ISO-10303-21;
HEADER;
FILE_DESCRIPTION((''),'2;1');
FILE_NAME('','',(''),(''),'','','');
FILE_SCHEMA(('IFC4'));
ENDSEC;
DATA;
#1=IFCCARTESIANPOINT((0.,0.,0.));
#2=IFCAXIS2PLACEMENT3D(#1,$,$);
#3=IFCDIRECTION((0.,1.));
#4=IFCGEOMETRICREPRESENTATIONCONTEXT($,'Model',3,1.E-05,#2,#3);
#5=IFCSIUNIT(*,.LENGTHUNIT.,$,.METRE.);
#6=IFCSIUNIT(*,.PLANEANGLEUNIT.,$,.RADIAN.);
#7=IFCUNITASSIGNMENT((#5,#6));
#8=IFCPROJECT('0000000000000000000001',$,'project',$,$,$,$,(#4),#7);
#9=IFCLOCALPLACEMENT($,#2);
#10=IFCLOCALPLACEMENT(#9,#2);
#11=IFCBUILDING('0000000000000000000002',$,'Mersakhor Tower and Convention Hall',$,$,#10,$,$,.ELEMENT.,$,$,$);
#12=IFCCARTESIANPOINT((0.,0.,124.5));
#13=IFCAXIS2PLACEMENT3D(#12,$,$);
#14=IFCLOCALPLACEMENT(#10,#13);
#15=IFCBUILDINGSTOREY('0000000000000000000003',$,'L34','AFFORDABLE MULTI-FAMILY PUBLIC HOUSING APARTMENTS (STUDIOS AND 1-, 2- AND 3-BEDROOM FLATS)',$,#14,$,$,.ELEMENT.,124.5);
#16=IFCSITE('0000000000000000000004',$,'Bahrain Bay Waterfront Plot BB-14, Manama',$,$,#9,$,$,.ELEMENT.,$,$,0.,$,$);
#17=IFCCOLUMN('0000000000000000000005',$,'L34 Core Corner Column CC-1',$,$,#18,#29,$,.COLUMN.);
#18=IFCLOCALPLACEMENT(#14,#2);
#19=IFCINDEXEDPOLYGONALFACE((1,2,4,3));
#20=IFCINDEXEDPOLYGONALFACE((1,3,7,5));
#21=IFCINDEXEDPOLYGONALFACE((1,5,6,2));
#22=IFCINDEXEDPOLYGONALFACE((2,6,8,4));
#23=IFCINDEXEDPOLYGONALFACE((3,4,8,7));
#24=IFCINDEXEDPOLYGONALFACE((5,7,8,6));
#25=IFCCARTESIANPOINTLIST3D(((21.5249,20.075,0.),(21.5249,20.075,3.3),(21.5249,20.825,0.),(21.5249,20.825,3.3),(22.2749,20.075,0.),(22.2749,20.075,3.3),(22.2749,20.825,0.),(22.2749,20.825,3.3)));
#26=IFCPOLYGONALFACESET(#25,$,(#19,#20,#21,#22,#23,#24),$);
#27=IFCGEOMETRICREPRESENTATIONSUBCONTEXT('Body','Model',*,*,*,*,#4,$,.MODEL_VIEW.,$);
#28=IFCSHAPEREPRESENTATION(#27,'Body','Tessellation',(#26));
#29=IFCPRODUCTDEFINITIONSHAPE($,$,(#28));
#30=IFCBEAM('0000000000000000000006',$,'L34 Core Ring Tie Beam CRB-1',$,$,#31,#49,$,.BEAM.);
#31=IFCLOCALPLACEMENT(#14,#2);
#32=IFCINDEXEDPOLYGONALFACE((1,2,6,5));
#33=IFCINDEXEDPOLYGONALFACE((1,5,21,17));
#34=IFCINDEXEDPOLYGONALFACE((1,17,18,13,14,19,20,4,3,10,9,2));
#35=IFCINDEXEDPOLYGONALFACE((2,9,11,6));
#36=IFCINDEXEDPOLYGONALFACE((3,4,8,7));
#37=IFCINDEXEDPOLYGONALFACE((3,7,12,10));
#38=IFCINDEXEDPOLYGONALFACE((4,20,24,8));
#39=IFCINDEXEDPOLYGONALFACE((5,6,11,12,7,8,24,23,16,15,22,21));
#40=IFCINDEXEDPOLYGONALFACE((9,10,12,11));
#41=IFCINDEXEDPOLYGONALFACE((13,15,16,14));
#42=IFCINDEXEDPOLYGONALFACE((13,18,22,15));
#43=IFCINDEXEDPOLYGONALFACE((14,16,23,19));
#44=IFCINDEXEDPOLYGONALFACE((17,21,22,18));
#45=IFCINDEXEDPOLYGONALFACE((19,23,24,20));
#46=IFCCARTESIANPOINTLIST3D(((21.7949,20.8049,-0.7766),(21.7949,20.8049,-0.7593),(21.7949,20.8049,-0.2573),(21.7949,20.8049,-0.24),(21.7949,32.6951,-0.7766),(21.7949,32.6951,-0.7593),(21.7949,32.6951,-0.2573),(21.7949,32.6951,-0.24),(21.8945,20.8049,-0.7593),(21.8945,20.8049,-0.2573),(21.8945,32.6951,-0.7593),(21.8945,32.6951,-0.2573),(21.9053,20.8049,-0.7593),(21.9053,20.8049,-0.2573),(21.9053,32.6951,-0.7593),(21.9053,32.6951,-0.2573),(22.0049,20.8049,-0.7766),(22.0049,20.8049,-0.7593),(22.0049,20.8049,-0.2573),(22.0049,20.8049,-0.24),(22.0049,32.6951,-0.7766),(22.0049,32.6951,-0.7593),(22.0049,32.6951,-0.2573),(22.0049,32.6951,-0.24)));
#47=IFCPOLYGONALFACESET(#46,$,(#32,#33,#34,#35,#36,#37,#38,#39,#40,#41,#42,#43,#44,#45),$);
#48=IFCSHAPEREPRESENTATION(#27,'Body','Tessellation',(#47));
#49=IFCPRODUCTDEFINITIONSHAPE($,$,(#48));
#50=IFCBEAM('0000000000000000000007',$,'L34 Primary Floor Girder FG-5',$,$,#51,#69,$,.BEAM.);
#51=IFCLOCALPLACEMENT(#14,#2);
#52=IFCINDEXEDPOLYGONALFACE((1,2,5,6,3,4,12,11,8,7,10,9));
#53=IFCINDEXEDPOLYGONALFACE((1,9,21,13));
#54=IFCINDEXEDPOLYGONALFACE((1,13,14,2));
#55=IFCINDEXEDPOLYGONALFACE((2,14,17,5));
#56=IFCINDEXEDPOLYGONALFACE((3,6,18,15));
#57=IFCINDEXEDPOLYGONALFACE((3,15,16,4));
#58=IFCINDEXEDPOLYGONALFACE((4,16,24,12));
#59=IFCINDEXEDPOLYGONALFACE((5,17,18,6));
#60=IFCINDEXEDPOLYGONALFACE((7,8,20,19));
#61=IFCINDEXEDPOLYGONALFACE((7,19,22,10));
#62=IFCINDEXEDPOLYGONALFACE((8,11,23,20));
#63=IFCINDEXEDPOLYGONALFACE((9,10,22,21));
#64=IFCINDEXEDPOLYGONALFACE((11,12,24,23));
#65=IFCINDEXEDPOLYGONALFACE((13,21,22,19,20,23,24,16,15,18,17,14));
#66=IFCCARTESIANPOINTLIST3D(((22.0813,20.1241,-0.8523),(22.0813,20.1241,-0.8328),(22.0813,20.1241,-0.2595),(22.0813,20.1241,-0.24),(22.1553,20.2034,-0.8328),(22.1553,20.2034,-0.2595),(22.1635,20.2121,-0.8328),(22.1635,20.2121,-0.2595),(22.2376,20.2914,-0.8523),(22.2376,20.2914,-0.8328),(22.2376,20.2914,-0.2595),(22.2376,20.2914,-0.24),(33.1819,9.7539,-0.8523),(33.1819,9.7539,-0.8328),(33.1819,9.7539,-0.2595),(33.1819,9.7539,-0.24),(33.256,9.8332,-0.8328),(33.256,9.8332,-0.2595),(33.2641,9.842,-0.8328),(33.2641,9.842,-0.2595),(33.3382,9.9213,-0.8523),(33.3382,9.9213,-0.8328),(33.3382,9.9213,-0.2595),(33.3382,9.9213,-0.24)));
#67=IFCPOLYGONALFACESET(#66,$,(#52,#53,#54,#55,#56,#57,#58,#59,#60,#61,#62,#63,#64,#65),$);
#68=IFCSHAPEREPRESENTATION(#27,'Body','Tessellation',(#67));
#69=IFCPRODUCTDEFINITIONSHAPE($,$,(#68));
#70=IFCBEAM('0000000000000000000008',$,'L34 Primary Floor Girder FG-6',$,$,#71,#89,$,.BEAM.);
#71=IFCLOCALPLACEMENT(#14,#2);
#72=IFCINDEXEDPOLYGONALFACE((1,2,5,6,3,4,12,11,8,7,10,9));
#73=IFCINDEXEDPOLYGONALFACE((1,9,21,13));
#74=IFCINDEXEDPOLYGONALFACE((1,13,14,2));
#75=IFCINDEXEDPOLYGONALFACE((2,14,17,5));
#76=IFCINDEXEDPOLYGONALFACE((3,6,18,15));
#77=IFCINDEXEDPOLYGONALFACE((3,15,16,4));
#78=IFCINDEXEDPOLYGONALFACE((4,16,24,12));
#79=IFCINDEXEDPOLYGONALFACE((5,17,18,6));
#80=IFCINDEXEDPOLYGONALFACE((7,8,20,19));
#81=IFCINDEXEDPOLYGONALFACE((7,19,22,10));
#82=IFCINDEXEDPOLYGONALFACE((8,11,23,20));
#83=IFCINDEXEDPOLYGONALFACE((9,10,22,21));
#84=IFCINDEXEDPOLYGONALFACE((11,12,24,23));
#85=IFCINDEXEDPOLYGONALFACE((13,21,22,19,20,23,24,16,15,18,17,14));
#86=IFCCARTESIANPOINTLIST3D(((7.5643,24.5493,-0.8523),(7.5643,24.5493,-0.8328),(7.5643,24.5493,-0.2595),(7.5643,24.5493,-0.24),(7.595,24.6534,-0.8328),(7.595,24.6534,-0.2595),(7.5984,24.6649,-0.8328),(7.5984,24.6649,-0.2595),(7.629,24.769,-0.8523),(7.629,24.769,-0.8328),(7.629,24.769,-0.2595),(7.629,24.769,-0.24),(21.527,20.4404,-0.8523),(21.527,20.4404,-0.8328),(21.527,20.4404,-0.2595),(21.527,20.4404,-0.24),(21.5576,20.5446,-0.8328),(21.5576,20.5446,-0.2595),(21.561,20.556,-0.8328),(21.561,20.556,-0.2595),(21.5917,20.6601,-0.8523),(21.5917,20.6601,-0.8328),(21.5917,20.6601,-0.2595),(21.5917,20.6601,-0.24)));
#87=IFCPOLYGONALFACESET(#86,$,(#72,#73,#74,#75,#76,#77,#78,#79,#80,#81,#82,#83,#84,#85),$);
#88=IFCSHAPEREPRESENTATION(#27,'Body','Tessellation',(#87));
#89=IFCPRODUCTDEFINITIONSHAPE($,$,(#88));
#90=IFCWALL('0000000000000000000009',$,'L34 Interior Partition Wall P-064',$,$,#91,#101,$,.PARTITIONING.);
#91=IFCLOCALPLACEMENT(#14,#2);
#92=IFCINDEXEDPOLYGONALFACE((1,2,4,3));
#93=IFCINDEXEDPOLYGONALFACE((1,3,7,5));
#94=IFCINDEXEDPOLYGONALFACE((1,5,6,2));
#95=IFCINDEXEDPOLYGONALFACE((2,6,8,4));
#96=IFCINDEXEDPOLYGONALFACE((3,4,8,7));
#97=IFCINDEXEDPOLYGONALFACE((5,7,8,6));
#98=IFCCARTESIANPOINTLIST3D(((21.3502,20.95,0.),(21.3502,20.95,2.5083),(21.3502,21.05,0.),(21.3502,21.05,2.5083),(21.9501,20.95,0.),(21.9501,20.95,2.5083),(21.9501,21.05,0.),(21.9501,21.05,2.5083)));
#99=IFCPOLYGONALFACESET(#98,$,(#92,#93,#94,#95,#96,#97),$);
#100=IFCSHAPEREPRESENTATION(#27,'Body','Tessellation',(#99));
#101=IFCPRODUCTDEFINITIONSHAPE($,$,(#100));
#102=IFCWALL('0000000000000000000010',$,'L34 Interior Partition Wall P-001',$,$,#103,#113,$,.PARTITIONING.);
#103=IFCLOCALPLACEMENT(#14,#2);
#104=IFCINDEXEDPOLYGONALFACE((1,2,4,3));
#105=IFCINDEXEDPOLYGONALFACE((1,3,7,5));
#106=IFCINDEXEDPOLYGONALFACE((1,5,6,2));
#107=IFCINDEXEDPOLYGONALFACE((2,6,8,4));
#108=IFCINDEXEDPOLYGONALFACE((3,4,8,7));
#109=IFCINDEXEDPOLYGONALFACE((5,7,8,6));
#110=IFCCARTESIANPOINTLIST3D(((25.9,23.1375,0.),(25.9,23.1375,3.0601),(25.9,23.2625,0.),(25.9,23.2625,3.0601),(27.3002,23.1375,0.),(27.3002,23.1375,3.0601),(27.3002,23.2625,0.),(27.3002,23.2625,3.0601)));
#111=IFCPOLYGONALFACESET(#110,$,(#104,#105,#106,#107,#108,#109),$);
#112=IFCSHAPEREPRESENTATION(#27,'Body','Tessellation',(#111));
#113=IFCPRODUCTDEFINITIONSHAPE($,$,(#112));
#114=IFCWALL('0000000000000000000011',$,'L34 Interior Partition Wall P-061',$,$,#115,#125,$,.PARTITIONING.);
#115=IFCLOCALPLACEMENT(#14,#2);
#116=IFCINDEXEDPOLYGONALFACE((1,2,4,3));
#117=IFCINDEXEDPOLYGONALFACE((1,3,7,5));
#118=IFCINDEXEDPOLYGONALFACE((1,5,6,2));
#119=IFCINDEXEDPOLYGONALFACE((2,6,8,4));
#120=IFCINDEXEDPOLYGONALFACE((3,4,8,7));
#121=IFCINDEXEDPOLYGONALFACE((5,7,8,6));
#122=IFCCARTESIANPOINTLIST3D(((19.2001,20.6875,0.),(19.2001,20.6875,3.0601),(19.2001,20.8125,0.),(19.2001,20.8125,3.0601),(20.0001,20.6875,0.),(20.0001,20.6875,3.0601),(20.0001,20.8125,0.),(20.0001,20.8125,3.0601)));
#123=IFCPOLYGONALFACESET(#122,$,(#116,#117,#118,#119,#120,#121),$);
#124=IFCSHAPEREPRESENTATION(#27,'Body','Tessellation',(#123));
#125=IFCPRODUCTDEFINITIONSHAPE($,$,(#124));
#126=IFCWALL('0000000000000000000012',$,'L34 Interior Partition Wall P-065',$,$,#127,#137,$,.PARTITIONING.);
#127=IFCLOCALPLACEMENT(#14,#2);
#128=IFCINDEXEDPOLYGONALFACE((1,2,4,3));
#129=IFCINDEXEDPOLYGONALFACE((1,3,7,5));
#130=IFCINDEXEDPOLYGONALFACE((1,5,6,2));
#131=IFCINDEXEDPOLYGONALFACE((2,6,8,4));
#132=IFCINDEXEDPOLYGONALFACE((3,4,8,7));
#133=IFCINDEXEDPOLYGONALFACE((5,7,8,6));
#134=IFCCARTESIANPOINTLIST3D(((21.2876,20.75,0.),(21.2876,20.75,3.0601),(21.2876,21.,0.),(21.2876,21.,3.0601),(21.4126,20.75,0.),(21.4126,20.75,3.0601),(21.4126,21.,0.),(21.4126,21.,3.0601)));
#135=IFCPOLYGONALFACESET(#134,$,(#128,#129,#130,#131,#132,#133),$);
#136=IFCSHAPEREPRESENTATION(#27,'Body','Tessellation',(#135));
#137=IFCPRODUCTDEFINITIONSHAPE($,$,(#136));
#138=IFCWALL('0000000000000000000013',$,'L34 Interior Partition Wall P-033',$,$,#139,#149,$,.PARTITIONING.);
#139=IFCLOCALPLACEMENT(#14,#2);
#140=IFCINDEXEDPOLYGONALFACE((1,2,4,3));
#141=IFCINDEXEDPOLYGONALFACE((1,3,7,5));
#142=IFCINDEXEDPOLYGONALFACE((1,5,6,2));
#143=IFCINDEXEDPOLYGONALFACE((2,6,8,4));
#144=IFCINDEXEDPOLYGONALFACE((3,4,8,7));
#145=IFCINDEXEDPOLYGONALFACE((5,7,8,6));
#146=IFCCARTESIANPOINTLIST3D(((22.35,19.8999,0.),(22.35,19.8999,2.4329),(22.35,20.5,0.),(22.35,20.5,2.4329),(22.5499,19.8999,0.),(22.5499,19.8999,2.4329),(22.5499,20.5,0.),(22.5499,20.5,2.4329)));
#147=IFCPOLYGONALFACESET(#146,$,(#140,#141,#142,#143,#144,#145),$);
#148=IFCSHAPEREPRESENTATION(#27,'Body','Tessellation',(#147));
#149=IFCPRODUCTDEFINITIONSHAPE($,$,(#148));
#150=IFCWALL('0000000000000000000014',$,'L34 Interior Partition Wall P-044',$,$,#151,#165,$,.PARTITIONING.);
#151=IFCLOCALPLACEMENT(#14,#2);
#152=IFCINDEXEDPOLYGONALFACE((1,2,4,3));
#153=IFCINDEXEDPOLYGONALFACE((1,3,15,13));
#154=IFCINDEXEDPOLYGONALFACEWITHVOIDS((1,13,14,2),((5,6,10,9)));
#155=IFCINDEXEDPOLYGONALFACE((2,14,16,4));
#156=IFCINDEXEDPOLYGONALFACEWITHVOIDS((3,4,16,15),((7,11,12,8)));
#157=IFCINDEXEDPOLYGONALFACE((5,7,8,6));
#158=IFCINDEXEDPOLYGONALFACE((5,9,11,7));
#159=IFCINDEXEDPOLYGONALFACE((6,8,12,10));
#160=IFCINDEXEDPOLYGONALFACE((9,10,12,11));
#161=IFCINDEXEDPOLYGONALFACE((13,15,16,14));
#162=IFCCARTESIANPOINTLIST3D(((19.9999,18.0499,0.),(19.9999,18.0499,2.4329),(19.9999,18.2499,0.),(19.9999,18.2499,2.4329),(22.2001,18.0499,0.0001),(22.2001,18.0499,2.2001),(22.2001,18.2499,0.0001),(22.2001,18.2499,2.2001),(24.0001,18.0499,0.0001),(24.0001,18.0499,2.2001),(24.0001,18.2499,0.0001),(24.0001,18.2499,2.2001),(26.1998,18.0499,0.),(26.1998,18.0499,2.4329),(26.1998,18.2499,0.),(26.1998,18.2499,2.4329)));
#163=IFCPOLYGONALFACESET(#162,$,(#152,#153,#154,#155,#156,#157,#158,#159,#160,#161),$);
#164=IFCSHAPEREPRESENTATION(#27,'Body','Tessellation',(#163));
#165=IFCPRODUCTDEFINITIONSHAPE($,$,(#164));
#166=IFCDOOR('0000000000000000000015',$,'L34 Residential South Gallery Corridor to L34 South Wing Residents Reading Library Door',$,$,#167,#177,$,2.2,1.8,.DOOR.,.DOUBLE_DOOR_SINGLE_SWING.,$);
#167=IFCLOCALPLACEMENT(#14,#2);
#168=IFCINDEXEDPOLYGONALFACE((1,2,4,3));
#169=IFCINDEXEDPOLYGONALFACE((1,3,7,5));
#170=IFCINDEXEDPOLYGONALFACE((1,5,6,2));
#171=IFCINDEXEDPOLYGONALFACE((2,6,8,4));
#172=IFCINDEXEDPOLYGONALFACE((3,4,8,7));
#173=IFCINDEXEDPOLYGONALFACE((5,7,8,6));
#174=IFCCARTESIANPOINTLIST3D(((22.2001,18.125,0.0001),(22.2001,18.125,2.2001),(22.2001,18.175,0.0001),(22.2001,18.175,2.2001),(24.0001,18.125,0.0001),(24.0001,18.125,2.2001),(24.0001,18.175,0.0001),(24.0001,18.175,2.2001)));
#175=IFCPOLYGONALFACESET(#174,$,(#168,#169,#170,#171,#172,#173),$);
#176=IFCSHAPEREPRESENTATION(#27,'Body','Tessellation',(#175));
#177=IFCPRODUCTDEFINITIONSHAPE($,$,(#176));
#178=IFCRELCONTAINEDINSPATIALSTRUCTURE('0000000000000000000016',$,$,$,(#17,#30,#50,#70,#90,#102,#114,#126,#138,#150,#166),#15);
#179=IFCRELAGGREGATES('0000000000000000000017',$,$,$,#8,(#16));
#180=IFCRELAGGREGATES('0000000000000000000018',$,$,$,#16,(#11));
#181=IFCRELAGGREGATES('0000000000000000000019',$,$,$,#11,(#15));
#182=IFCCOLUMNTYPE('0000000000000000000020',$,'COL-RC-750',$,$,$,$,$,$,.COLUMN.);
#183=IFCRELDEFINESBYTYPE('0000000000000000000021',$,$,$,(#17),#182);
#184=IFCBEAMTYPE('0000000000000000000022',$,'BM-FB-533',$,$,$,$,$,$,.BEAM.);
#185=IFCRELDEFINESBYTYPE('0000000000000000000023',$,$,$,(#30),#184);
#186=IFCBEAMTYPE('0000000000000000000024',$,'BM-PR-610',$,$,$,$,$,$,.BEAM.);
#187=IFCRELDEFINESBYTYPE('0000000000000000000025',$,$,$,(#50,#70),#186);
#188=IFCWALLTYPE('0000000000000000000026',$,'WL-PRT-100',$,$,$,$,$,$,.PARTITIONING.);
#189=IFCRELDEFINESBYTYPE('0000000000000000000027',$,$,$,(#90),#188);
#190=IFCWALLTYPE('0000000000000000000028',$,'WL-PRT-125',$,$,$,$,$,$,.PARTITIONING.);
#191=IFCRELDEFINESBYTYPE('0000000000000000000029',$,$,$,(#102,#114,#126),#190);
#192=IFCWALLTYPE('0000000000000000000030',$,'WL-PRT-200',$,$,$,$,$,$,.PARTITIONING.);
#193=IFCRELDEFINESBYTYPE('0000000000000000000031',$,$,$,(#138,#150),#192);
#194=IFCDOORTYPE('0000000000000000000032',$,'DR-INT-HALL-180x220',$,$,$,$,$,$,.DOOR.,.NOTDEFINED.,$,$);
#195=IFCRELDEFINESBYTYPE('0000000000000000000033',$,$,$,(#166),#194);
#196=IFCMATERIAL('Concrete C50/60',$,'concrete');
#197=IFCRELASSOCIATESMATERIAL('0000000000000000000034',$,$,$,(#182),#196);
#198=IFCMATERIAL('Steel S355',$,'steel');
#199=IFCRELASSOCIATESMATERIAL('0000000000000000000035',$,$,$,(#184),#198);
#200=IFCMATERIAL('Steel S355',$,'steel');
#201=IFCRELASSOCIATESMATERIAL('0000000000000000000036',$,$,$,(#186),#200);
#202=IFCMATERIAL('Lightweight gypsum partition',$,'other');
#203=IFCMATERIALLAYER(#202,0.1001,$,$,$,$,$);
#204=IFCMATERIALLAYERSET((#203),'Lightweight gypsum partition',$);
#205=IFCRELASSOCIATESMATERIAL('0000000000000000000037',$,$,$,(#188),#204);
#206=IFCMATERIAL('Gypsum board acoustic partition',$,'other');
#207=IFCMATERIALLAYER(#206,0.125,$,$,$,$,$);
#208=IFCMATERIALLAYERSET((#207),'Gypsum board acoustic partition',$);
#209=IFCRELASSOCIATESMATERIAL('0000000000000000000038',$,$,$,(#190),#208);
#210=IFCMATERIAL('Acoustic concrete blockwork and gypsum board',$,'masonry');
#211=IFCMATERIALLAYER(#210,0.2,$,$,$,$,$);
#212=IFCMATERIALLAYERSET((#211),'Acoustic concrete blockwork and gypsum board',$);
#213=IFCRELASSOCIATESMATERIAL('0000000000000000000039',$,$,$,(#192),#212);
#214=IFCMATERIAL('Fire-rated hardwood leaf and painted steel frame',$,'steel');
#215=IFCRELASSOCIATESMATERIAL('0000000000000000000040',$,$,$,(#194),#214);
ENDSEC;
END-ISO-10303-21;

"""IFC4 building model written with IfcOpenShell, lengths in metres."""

from ifc_helpers import new_model, si_unit, direction, frame, frame_2d, origin, origin_2d, place, context, subcontext, project, spatial, rectangle, i_section, extrude, material, layer, layer_set, material_profile, profile_set, type_object, element, fill, save


model = new_model("IFC4")

# Units and contexts
model_context = context("Model", 3, precision=1e-05, world=origin(), true_north=direction((0.0, 1.0)))
body_context = subcontext(model_context, "Body", "Model", "MODEL_VIEW")
ifc_project = project(units=[si_unit("LENGTHUNIT", "METRE"), si_unit("PLANEANGLEUNIT", "RADIAN")], contexts=[model_context])

# Site, building, storey
site_placement = place(None, origin())
site = spatial("IfcSite", under=ifc_project, at=site_placement, Name="Bahrain Bay Waterfront Plot BB-14, Manama", CompositionType="ELEMENT", RefElevation=0.0)
building_placement = place(site_placement, origin())
building = spatial("IfcBuilding", under=site, at=building_placement, Name="Mersakhor Tower and Convention Hall", CompositionType="ELEMENT")
storey_placement = place(building_placement, frame((0.0, 0.0, 124.5)))
storey = spatial("IfcBuildingStorey", under=building, at=storey_placement, Name="L34", Description="AFFORDABLE MULTI-FAMILY PUBLIC HOUSING APARTMENTS (STUDIOS AND 1-, 2- AND 3-BEDROOM FLATS)", CompositionType="ELEMENT", Elevation=124.5)

# Column
ifc_material_1 = material(Name="Concrete C50/60", Category="concrete")
ifc_material_profile_1 = material_profile(ifc_material_1, rectangle(XDim=0.75, YDim=0.75, at=origin_2d()), Name="RC 750x750")
ifc_profile_set_1 = profile_set([ifc_material_profile_1], Name="Concrete C50/60")
column_type = type_object("IfcColumnType", Name="COL-RC-750", PredefinedType="COLUMN", material=ifc_profile_set_1)
column_placement = place(storey_placement, frame((21.8999, 20.45, 0.0), z_axis=(0.0, 0.0, 1.0), x_axis=(1.0, 0.0, 0.0)))
element("IfcColumn", 1, at=column_placement, inside=storey, type_object=column_type, Name="L34 Core Corner Column CC-1", PredefinedType="COLUMN", context=body_context, shape_type="SweptSolid", body=[
    extrude(rectangle(XDim=0.75, YDim=0.75, at=origin_2d()), origin(), (0.0, 0.0, 1.0), 3.3),
])

# Beams
ifc_material_2 = material(Name="Steel S355", Category="steel")
ifc_material_profile_2 = material_profile(ifc_material_2, i_section(OverallWidth=0.21, OverallDepth=0.5366, WebThickness=0.0107, FlangeThickness=0.0173, at=origin_2d()), Name="UB 533x210x101")
ifc_profile_set_2 = profile_set([ifc_material_profile_2], Name="Steel S355")
beam_type_1 = type_object("IfcBeamType", Name="BM-FB-533", PredefinedType="BEAM", material=ifc_profile_set_2)
beam_1_placement = place(storey_placement, frame((21.8999, 20.8049, -0.5083), z_axis=(0.0, 1.0, 0.0), x_axis=(-1.0, 0.0, 0.0)))
element("IfcBeam", 2, at=beam_1_placement, inside=storey, type_object=beam_type_1, Name="L34 Core Ring Tie Beam CRB-1", PredefinedType="BEAM", context=body_context, shape_type="SweptSolid", body=[
    extrude(i_section(OverallWidth=0.21, OverallDepth=0.5366, WebThickness=0.0107, FlangeThickness=0.0173, at=origin_2d()), origin(), (0.0, 0.0, 1.0), 11.8901),
])
ifc_material_3 = material(Name="Steel S355", Category="steel")
ifc_material_profile_3 = material_profile(ifc_material_3, i_section(OverallWidth=0.229, OverallDepth=0.6123, WebThickness=0.012, FlangeThickness=0.0195, at=origin_2d()), Name="UB 610x229x125")
ifc_profile_set_3 = profile_set([ifc_material_profile_3], Name="Steel S355")
beam_type_2 = type_object("IfcBeamType", Name="BM-PR-610", PredefinedType="BEAM", material=ifc_profile_set_3)
beam_2_placement = place(storey_placement, frame((22.1594, 20.2078, -0.5461), z_axis=(0.730741, -0.682655, 0.0), x_axis=(0.682655, 0.730741, 0.0)))
element("IfcBeam", 3, at=beam_2_placement, inside=storey, type_object=beam_type_2, Name="L34 Primary Floor Girder FG-5", PredefinedType="BEAM", context=body_context, shape_type="SweptSolid", body=[
    extrude(i_section(OverallWidth=0.229, OverallDepth=0.6123, WebThickness=0.012, FlangeThickness=0.0195, at=origin_2d()), origin(), (0.0, 0.0, 1.0), 15.1909),
])
beam_3_placement = place(storey_placement, frame((21.5593, 20.5503, -0.5461), z_axis=(-0.959324, 0.282307, 0.0), x_axis=(-0.282307, -0.959324, 0.0)))
element("IfcBeam", 4, at=beam_3_placement, inside=storey, type_object=beam_type_2, Name="L34 Primary Floor Girder FG-6", PredefinedType="BEAM", context=body_context, shape_type="SweptSolid", body=[
    extrude(i_section(OverallWidth=0.229, OverallDepth=0.6123, WebThickness=0.012, FlangeThickness=0.0195, at=origin_2d()), origin(), (0.0, 0.0, 1.0), 14.5547),
])

# Walls
ifc_material_4 = material(Name="Lightweight gypsum partition", Category="other")
ifc_layer_1 = layer(ifc_material_4, 0.1001)
ifc_layer_set_1 = layer_set([ifc_layer_1], Name="Lightweight gypsum partition")
wall_type_1 = type_object("IfcWallType", Name="WL-PRT-100", PredefinedType="PARTITIONING", material=ifc_layer_set_1)
wall_1_placement = place(storey_placement, frame((21.95, 21.0, 0.0), z_axis=(0.0, 0.0, 1.0), x_axis=(-1.0, 0.0, 0.0)))
element("IfcWall", 5, at=wall_1_placement, inside=storey, type_object=wall_type_1, Name="L34 Interior Partition Wall P-064", PredefinedType="PARTITIONING", context=body_context, shape_type="SweptSolid", body=[
    extrude(rectangle(XDim=0.5999, YDim=0.1001, at=frame_2d((0.2998, 0.0))), origin(), (0.0, 0.0, 1.0), 2.5083),
])
ifc_material_5 = material(Name="Gypsum board acoustic partition", Category="other")
ifc_layer_2 = layer(ifc_material_5, 0.125)
ifc_layer_set_2 = layer_set([ifc_layer_2], Name="Gypsum board acoustic partition")
wall_type_2 = type_object("IfcWallType", Name="WL-PRT-125", PredefinedType="PARTITIONING", material=ifc_layer_set_2)
wall_2_placement = place(storey_placement, frame((25.8999, 23.2, 0.0), z_axis=(0.0, 0.0, 1.0), x_axis=(1.0, 0.0, 0.0)))
element("IfcWall", 6, at=wall_2_placement, inside=storey, type_object=wall_type_2, Name="L34 Interior Partition Wall P-001", PredefinedType="PARTITIONING", context=body_context, shape_type="SweptSolid", body=[
    extrude(rectangle(XDim=1.4001, YDim=0.125, at=frame_2d((0.7002, 0.0))), origin(), (0.0, 0.0, 1.0), 3.0601),
])
wall_3_placement = place(storey_placement, frame((20.0, 20.75, 0.0), z_axis=(0.0, 0.0, 1.0), x_axis=(-1.0, 0.0, 0.0)))
element("IfcWall", 7, at=wall_3_placement, inside=storey, type_object=wall_type_2, Name="L34 Interior Partition Wall P-061", PredefinedType="PARTITIONING", context=body_context, shape_type="SweptSolid", body=[
    extrude(rectangle(XDim=0.8, YDim=0.125, at=frame_2d((0.3999, 0.0))), origin(), (0.0, 0.0, 1.0), 3.0601),
])
wall_4_placement = place(storey_placement, frame((21.3501, 21.0, 0.0), z_axis=(0.0, 0.0, 1.0), x_axis=(0.0, -1.0, 0.0)))
element("IfcWall", 8, at=wall_4_placement, inside=storey, type_object=wall_type_2, Name="L34 Interior Partition Wall P-065", PredefinedType="PARTITIONING", context=body_context, shape_type="SweptSolid", body=[
    extrude(rectangle(XDim=0.25, YDim=0.125, at=frame_2d((0.125, 0.0))), origin(), (0.0, 0.0, 1.0), 3.0601),
])

# Shared definitions
ifc_material_6 = material(Name="Acoustic concrete blockwork and gypsum board", Category="masonry")
ifc_layer_3 = layer(ifc_material_6, 0.2)
ifc_layer_set_3 = layer_set([ifc_layer_3], Name="Acoustic concrete blockwork and gypsum board")
wall_type_3 = type_object("IfcWallType", Name="WL-PRT-200", PredefinedType="PARTITIONING", material=ifc_layer_set_3)

# Wall
wall_5_placement = place(storey_placement, frame((22.45, 19.8999, 0.0), z_axis=(0.0, 0.0, 1.0), x_axis=(0.0, 1.0, 0.0)))
element("IfcWall", 9, at=wall_5_placement, inside=storey, type_object=wall_type_3, Name="L34 Interior Partition Wall P-033", PredefinedType="PARTITIONING", context=body_context, shape_type="SweptSolid", body=[
    extrude(rectangle(XDim=0.6001, YDim=0.2, at=frame_2d((0.3, 0.0))), origin(), (0.0, 0.0, 1.0), 2.4329),
])

# Wall, opening, door
wall_6_placement = place(storey_placement, frame((26.2, 18.1499, 0.0), z_axis=(0.0, 0.0, 1.0), x_axis=(-1.0, 0.0, 0.0)))
wall_6 = element("IfcWall", 10, at=wall_6_placement, inside=storey, type_object=wall_type_3, Name="L34 Interior Partition Wall P-044", PredefinedType="PARTITIONING", context=body_context, shape_type="SweptSolid", body=[
    extrude(rectangle(XDim=6.2, YDim=0.2, at=frame_2d((3.1001, 0.0))), origin(), (0.0, 0.0, 1.0), 2.4329),
])
opening_1_placement = place(wall_6_placement, frame((2.2, 0.0, 0.0)))
opening_1 = element("IfcOpeningElement", 11, at=opening_1_placement, cuts=wall_6, PredefinedType="OPENING", context=body_context, shape_type="SweptSolid", body=[
    extrude(rectangle(XDim=1.8, YDim=2.2, at=frame_2d((0.8999, 1.1001))), frame((0.0, 0.1099, 0.0), z_axis=(0.0, -1.0, 0.0), x_axis=(1.0, 0.0, 0.0)), (0.0, 0.0, 1.0), 0.22),
])
ifc_material_7 = material(Name="Fire-rated hardwood leaf and painted steel frame", Category="steel")
door_type_1 = type_object("IfcDoorType", Name="DR-INT-HALL-180x220", OperationType="NOTDEFINED", PredefinedType="DOOR", material=ifc_material_7)
door_1_placement = place(opening_1_placement, origin())
door_1 = element("IfcDoor", 12, at=door_1_placement, inside=storey, type_object=door_type_1, Name="L34 Residential South Gallery Corridor to L34 South Wing Residents Reading Library Door", OperationType="DOUBLE_DOOR_SINGLE_SWING", OverallHeight=2.2, OverallWidth=1.8, PredefinedType="DOOR", context=body_context, shape_type="SweptSolid", body=[
    extrude(rectangle(XDim=1.8, YDim=2.2, at=frame_2d((0.8999, 1.1001))), frame((0.0, 0.0249, 0.0), z_axis=(0.0, -1.0, 0.0), x_axis=(1.0, 0.0, 0.0)), (0.0, 0.0, 1.0), 0.05),
])
fill(opening_1, door_1)

save(model, "model.ifc")
